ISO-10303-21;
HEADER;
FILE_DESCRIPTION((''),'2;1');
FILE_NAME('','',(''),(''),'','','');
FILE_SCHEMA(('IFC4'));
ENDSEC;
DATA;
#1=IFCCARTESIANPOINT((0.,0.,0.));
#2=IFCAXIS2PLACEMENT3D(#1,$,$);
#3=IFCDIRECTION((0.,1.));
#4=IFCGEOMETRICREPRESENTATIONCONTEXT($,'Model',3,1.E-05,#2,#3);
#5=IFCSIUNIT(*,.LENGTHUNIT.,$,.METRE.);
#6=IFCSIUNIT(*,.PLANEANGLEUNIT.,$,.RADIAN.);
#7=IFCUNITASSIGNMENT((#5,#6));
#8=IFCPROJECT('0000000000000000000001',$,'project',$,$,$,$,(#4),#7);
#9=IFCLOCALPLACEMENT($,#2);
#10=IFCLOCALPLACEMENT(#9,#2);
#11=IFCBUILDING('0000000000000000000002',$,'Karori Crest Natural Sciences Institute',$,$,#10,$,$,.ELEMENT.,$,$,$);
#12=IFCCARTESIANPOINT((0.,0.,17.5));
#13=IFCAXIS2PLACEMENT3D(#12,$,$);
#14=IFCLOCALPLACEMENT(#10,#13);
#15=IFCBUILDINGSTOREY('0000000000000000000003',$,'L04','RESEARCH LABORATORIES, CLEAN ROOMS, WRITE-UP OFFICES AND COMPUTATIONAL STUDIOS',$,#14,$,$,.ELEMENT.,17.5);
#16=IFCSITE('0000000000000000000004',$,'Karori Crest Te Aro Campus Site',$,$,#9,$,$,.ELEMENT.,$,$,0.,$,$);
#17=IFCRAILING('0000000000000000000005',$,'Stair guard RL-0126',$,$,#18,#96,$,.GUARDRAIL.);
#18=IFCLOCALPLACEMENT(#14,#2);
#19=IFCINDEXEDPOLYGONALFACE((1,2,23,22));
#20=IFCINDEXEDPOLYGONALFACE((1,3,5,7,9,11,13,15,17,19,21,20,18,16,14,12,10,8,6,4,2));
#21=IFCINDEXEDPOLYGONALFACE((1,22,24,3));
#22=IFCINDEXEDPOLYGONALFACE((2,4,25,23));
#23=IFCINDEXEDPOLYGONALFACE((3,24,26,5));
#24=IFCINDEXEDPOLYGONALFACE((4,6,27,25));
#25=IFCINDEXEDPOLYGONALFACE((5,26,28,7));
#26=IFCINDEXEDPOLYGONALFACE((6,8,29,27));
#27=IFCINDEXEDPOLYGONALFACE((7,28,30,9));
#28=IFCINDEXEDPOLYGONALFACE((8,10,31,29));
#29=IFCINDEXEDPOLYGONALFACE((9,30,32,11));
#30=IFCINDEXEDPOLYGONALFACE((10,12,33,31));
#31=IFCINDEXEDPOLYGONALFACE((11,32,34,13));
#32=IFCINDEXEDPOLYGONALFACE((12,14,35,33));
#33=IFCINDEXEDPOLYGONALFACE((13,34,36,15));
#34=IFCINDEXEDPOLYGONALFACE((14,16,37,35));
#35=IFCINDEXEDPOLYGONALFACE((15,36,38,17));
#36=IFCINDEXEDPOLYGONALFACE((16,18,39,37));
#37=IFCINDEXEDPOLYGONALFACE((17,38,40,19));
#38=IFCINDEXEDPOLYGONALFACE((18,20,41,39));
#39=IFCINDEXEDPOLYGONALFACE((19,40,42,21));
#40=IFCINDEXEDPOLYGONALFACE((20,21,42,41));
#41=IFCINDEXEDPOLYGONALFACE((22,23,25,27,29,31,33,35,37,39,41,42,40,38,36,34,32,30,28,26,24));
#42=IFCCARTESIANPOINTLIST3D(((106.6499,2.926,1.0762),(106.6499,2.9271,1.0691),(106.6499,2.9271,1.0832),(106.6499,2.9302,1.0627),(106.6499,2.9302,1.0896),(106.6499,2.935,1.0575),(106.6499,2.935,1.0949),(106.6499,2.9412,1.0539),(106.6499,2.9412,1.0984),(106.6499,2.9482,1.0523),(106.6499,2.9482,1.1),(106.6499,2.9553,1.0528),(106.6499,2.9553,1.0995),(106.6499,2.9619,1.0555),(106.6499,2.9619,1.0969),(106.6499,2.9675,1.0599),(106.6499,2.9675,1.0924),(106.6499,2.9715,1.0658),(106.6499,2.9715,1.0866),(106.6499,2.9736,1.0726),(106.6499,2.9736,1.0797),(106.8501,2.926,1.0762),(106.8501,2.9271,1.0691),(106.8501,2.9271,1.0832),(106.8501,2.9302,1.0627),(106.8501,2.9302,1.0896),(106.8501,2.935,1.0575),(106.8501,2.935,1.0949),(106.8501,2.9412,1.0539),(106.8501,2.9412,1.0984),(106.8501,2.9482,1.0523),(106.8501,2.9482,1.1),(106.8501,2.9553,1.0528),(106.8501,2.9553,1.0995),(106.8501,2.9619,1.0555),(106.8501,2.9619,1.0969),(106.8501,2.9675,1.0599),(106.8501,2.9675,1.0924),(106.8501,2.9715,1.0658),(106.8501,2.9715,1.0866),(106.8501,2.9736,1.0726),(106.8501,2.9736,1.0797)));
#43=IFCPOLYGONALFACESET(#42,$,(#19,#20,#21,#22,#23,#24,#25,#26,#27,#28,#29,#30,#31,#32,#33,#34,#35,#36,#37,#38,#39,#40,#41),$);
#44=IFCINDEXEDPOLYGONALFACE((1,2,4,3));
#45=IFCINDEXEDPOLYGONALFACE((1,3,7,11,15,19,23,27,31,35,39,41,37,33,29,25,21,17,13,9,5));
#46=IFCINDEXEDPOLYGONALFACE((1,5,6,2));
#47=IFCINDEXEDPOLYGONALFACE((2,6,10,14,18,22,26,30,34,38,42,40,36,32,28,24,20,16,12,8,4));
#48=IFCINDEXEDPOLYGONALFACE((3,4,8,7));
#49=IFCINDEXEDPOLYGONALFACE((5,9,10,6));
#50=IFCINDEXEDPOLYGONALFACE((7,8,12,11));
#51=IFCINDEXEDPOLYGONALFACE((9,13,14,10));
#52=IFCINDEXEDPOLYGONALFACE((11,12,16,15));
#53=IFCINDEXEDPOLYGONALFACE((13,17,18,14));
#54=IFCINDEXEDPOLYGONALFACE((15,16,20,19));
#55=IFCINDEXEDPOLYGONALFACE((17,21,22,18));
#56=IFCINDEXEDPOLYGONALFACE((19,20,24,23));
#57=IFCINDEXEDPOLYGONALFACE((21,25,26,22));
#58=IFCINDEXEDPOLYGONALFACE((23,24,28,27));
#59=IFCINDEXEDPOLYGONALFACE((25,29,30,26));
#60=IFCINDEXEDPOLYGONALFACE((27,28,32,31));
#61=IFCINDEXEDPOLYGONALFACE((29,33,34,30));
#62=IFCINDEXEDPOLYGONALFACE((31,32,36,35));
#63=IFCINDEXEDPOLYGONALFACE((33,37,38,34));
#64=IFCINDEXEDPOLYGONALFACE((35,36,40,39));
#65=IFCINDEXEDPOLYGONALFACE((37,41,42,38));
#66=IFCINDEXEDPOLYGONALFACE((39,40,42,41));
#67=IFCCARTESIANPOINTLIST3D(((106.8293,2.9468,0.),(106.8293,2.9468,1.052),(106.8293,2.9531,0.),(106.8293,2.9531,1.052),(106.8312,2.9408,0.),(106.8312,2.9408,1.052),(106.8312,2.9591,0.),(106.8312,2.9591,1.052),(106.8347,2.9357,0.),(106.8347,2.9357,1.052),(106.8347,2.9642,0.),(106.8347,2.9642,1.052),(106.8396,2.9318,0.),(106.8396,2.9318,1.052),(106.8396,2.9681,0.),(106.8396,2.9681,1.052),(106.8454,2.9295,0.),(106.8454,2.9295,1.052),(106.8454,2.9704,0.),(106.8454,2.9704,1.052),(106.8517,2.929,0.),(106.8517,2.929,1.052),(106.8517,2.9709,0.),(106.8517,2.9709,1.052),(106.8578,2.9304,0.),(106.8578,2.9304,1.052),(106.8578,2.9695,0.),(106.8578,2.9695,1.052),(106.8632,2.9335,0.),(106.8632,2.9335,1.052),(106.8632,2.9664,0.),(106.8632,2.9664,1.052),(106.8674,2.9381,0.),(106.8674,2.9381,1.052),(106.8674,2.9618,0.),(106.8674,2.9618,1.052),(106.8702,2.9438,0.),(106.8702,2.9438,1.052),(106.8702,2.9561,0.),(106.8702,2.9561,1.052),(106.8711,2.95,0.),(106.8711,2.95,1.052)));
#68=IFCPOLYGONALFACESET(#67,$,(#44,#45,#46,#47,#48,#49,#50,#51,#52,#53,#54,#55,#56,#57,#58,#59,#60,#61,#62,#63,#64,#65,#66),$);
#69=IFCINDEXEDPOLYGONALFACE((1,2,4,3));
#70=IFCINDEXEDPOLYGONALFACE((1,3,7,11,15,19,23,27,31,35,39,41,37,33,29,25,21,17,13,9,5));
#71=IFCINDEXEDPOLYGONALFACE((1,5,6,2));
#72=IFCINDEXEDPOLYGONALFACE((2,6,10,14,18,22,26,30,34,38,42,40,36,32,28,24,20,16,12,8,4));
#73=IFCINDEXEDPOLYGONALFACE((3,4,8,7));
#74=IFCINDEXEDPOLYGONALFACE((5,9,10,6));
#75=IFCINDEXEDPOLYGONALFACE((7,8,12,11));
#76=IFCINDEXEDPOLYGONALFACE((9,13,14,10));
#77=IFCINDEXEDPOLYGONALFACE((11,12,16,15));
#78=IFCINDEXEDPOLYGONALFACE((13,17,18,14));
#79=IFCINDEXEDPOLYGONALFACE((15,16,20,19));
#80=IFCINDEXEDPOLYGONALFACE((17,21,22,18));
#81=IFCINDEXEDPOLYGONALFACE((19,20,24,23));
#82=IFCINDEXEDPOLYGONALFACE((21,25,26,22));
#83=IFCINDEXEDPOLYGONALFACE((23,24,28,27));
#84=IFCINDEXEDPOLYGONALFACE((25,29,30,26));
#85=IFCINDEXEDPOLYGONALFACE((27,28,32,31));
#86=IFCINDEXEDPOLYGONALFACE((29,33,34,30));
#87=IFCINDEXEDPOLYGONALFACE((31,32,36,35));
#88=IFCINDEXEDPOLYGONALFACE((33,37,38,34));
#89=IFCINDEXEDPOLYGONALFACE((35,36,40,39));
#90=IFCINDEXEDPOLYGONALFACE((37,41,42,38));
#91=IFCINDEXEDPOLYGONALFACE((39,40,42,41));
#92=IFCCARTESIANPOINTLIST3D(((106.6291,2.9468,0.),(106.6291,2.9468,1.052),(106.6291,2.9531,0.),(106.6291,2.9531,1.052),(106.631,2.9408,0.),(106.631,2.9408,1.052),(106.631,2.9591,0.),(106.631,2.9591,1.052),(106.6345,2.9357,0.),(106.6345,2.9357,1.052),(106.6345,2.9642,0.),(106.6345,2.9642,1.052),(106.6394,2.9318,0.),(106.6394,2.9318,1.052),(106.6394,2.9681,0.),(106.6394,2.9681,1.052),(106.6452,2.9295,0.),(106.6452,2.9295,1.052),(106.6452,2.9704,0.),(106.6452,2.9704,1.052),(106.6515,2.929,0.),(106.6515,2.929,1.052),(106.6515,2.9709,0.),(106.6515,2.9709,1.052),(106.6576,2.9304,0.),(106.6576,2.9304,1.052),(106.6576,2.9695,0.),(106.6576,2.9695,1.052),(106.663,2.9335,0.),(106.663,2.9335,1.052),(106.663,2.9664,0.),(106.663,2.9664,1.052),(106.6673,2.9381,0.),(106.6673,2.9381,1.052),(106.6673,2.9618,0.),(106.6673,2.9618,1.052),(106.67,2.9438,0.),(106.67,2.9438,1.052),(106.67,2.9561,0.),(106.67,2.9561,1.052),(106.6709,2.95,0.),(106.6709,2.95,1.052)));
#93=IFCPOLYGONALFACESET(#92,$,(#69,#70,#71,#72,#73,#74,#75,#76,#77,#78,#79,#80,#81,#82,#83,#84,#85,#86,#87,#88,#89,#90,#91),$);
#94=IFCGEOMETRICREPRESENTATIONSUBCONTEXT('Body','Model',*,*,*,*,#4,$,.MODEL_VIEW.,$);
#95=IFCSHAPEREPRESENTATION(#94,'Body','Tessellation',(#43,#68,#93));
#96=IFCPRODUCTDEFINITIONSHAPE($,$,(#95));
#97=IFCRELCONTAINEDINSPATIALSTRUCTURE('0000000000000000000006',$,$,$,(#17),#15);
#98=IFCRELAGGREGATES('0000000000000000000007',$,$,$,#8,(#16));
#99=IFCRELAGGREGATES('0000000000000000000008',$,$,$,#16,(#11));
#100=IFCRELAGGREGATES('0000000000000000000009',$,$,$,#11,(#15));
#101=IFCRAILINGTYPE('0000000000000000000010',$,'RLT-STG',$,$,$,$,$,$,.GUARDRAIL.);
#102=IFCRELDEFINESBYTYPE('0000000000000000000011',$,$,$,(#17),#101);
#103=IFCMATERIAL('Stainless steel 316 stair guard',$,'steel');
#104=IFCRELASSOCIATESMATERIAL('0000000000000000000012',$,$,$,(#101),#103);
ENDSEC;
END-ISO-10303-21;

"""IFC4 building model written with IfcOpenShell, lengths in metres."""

from ifc_helpers import new_model, si_unit, direction, frame, origin, origin_2d, place, context, subcontext, project, spatial, circle, extrude, material, type_object, element, save


model = new_model("IFC4")

# Units and contexts
model_context = context("Model", 3, precision=1e-05, world=origin(), true_north=direction((0.0, 1.0)))
body_context = subcontext(model_context, "Body", "Model", "MODEL_VIEW")
ifc_project = project(units=[si_unit("LENGTHUNIT", "METRE"), si_unit("PLANEANGLEUNIT", "RADIAN")], contexts=[model_context])

# Site, building, storey
site_placement = place(None, origin())
site = spatial("IfcSite", under=ifc_project, at=site_placement, Name="Karori Crest Te Aro Campus Site", CompositionType="ELEMENT", RefElevation=0.0)
building_placement = place(site_placement, origin())
building = spatial("IfcBuilding", under=site, at=building_placement, Name="Karori Crest Natural Sciences Institute", CompositionType="ELEMENT")
storey_placement = place(building_placement, frame((0.0, 0.0, 17.5)))
storey = spatial("IfcBuildingStorey", under=building, at=storey_placement, Name="L04", Description="RESEARCH LABORATORIES, CLEAN ROOMS, WRITE-UP OFFICES AND COMPUTATIONAL STUDIOS", CompositionType="ELEMENT", Elevation=17.5)

# Railing
ifc_material_1 = material(Name="Stainless steel 316 stair guard", Category="steel")
railing_type = type_object("IfcRailingType", Name="RLT-STG", PredefinedType="GUARDRAIL", material=ifc_material_1)
railing_1_placement = place(storey_placement, frame((106.8501, 2.95, 0.0)))
element("IfcRailing", 1, at=railing_1_placement, inside=storey, type_object=railing_type, Name="Stair guard RL-0126", PredefinedType="GUARDRAIL", context=body_context, shape_type="SweptSolid", body=[
    extrude(circle(Radius=0.0239, at=origin_2d()), frame((0.0, 0.0, 1.0762), z_axis=(-1.0, 0.0, 0.0), x_axis=(0.0, -1.0, 0.0)), (0.0, 0.0, 1.0), 0.2002),
    extrude(circle(Radius=0.021, at=origin_2d()), origin(), (0.0, 0.0, 1.0), 1.052),
    extrude(circle(Radius=0.021, at=origin_2d()), frame((-0.2002, 0.0, 0.0)), (0.0, 0.0, 1.0), 1.052),
])

save(model, "model.ifc")
